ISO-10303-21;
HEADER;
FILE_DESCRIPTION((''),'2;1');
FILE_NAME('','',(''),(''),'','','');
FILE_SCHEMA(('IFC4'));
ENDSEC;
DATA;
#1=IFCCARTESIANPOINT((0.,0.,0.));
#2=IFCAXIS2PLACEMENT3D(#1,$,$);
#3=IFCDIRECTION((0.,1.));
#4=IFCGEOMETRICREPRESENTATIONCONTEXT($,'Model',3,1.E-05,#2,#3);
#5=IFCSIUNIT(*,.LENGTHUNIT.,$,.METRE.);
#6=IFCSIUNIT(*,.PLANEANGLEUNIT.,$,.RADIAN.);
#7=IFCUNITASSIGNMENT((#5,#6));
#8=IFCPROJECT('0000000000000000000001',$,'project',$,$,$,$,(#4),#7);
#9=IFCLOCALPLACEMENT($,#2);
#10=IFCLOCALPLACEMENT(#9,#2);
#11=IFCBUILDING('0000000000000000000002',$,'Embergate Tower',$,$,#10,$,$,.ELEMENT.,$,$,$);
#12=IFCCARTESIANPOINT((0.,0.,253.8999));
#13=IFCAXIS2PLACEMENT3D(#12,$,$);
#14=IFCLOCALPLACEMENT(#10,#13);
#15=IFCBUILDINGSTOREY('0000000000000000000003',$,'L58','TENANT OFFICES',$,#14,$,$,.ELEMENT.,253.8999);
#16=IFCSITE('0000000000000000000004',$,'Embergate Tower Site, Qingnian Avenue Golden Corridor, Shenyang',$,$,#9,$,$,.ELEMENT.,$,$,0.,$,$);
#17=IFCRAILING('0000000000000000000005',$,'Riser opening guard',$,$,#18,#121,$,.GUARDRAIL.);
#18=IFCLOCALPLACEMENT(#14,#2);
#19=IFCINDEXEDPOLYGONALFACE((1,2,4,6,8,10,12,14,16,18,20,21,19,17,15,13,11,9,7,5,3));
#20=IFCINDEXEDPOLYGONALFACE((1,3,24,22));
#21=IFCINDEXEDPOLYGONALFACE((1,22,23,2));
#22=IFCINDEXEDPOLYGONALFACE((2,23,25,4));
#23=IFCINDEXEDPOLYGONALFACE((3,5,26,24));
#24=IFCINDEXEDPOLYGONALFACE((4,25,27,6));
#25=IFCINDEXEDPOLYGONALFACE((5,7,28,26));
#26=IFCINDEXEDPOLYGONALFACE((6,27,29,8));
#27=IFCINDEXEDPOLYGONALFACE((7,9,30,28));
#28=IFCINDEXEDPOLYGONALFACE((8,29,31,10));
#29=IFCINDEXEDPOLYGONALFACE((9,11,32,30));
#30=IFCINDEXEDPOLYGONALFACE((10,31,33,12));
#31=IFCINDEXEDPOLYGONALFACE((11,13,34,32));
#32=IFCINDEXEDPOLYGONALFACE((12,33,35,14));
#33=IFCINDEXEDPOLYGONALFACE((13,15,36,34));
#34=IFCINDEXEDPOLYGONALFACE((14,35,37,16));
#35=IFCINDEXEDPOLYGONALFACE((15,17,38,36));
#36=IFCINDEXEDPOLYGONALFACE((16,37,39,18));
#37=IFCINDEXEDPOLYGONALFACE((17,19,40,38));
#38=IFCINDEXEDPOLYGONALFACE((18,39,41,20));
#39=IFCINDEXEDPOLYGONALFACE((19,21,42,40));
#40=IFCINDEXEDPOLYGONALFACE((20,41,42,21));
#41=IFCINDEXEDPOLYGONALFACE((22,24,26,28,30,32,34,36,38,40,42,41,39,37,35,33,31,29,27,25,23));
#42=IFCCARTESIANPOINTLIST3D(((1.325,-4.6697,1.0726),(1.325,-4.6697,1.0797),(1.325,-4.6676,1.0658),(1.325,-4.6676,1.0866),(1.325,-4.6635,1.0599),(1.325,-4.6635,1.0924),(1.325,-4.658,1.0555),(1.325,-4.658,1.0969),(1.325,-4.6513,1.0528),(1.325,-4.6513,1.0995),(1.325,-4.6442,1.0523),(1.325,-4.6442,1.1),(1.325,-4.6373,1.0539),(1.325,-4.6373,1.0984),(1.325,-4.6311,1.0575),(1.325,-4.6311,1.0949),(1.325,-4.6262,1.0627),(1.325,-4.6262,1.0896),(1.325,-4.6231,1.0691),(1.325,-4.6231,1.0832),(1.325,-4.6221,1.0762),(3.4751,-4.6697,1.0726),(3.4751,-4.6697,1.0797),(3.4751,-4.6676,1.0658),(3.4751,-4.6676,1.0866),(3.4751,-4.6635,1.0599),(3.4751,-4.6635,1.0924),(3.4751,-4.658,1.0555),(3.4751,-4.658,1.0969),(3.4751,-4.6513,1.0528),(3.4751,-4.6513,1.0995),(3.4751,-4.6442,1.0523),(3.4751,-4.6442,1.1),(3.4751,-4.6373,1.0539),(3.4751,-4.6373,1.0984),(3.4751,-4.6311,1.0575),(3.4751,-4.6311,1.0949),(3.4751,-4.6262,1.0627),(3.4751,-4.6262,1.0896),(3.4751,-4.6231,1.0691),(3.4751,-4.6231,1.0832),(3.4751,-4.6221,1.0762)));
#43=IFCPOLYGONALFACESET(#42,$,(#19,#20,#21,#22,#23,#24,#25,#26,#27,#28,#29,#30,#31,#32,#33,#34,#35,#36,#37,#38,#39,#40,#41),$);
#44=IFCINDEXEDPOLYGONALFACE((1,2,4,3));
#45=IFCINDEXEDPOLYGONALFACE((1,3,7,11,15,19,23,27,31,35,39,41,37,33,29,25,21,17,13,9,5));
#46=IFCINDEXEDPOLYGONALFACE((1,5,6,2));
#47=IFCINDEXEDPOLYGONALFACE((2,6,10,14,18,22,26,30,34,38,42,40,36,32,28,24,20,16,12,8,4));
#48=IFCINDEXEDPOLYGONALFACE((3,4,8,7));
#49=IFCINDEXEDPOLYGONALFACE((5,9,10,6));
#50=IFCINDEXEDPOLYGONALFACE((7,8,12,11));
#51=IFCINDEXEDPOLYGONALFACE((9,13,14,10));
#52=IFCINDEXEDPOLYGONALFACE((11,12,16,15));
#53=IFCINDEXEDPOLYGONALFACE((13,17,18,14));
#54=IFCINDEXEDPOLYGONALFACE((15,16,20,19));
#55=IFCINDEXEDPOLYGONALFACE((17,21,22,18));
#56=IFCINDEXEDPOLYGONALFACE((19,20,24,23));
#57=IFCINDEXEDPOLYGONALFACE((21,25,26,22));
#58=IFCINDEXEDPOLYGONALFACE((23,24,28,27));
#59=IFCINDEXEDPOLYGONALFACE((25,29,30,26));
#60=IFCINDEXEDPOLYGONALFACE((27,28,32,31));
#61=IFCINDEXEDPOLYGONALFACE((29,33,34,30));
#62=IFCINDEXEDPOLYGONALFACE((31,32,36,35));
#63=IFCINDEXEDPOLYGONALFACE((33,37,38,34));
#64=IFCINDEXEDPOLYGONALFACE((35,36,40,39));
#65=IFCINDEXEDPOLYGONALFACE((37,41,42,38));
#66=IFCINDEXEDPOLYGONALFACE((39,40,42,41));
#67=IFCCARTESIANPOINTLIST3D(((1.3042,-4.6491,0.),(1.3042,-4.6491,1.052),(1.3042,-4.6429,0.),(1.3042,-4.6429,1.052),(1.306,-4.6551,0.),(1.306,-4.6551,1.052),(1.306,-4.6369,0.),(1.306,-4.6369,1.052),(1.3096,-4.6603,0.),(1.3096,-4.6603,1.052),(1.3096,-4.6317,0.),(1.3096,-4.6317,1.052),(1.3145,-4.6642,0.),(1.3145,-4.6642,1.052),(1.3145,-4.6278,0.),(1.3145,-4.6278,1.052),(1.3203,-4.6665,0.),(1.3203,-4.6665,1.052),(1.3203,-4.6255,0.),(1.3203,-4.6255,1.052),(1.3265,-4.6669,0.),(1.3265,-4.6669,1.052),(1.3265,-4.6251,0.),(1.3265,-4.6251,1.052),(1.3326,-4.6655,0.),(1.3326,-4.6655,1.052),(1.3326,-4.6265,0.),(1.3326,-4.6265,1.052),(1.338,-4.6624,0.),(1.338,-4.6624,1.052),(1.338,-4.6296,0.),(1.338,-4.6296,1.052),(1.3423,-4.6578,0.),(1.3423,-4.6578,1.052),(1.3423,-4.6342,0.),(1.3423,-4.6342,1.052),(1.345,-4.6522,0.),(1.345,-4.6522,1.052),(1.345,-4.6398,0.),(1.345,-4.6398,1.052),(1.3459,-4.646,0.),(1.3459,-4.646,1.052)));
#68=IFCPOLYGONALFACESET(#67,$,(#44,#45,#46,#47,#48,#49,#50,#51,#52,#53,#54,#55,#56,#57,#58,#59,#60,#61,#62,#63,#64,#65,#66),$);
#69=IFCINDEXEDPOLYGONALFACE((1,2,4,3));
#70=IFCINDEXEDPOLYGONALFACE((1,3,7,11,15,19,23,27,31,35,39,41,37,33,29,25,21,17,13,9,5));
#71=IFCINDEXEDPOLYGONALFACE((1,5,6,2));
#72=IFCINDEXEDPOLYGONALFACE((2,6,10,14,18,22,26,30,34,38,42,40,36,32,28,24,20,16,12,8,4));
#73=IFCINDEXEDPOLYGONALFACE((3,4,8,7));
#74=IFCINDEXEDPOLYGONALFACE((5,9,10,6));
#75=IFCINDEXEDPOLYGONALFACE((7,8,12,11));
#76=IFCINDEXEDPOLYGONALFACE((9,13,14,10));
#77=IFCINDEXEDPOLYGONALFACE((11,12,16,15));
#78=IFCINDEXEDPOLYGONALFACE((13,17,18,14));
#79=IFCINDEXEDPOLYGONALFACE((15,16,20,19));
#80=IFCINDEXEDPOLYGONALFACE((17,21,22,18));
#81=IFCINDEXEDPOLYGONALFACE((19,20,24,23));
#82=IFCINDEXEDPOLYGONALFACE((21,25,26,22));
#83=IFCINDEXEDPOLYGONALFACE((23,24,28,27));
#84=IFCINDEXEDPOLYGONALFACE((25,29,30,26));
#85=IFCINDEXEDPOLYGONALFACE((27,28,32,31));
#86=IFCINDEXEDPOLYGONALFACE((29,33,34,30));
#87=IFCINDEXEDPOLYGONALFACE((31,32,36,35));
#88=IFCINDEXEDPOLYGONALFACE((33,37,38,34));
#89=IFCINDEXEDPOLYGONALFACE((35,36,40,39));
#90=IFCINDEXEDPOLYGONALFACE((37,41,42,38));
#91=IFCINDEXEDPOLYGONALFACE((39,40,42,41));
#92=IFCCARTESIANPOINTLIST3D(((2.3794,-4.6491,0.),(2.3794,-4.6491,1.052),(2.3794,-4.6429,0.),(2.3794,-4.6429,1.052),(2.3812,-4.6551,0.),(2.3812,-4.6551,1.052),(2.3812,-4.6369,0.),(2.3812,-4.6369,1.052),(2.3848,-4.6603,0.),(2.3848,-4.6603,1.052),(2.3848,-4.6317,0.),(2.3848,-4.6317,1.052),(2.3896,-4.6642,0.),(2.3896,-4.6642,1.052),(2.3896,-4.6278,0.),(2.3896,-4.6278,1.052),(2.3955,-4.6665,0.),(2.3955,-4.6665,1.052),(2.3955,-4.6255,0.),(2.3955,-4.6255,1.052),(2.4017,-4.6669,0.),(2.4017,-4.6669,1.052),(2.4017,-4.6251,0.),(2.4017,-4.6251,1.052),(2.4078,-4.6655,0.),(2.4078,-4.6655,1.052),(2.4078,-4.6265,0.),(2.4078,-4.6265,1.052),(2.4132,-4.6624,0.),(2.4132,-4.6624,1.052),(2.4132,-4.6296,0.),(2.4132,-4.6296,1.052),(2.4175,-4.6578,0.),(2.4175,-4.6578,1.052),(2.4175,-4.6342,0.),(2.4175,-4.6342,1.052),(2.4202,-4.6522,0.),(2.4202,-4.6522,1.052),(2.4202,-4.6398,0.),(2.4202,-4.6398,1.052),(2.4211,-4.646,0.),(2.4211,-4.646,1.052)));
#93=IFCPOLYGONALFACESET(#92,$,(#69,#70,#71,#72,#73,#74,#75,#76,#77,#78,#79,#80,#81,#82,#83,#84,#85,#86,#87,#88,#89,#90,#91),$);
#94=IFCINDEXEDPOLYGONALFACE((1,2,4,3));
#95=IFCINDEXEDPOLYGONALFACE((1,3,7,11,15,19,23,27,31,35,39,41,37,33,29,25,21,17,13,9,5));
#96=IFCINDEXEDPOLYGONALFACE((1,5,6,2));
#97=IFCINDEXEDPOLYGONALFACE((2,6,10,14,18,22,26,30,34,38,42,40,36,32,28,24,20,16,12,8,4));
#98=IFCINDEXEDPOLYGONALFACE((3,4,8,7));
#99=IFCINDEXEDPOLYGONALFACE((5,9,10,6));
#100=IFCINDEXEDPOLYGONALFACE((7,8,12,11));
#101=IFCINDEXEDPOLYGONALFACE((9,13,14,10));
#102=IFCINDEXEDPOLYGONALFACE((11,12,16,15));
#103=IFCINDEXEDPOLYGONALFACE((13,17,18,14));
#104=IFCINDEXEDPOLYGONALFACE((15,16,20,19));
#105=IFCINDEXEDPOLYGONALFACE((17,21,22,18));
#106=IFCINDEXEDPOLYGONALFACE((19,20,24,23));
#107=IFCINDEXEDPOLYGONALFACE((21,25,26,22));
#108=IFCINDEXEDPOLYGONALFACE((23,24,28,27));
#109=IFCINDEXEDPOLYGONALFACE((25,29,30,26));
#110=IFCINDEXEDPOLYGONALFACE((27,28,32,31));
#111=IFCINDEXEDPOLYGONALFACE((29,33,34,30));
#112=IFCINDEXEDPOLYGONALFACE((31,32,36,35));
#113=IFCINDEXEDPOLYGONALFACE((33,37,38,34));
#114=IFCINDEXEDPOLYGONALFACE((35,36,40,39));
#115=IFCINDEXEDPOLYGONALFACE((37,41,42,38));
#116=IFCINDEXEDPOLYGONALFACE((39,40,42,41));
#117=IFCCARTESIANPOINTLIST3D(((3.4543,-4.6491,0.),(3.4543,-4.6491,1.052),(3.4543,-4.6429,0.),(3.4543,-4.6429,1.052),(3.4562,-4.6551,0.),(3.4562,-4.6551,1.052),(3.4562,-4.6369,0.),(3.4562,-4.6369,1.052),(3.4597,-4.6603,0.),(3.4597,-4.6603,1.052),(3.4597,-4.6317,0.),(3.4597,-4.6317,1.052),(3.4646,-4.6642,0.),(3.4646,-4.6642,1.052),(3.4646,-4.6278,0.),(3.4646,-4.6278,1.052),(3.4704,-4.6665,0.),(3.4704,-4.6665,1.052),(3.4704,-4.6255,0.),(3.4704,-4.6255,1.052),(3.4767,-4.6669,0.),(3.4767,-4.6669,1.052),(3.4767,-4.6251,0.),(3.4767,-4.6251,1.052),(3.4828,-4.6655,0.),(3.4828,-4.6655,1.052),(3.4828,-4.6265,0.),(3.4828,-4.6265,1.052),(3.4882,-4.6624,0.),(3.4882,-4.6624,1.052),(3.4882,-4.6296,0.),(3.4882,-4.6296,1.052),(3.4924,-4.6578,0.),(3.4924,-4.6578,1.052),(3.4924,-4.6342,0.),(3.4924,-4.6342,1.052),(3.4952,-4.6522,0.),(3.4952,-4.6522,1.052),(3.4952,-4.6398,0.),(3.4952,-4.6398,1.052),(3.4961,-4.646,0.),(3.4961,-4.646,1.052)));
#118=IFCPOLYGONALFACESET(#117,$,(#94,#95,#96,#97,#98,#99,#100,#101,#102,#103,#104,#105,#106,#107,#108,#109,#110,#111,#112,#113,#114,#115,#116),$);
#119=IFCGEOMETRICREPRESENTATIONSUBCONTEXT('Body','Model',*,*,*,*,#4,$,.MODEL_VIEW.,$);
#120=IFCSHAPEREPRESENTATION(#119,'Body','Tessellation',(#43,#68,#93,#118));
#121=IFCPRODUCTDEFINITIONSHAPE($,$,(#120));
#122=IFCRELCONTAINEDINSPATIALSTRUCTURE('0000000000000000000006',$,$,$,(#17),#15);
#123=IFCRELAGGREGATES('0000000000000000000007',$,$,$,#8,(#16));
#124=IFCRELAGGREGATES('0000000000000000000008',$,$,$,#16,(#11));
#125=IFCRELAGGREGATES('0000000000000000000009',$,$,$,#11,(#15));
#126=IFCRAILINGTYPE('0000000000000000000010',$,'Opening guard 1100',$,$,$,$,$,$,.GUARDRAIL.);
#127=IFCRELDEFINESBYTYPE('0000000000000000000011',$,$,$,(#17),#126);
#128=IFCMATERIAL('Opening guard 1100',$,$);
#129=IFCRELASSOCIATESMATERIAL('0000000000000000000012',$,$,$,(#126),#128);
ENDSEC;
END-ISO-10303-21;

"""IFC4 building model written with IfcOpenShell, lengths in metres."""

from ifc_helpers import new_model, si_unit, direction, frame, origin, origin_2d, place, context, subcontext, project, spatial, circle, extrude, source, transform, mapped, material, type_object, element, save


model = new_model("IFC4")

# Units and contexts
model_context = context("Model", 3, precision=1e-05, world=origin(), true_north=direction((0.0, 1.0)))
body_context = subcontext(model_context, "Body", "Model", "MODEL_VIEW")
ifc_project = project(units=[si_unit("LENGTHUNIT", "METRE"), si_unit("PLANEANGLEUNIT", "RADIAN")], contexts=[model_context])

# Site, building, storey
site_placement = place(None, origin())
site = spatial("IfcSite", under=ifc_project, at=site_placement, Name="Embergate Tower Site, Qingnian Avenue Golden Corridor, Shenyang", CompositionType="ELEMENT", RefElevation=0.0)
building_placement = place(site_placement, origin())
building = spatial("IfcBuilding", under=site, at=building_placement, Name="Embergate Tower", CompositionType="ELEMENT")
storey_placement = place(building_placement, frame((0.0, 0.0, 253.8999)))
storey = spatial("IfcBuildingStorey", under=building, at=storey_placement, Name="L58", Description="TENANT OFFICES", CompositionType="ELEMENT", Elevation=253.8999)

# Railing
ifc_material_1 = material(Name="Opening guard 1100")
railing_type_1 = type_object("IfcRailingType", Name="Opening guard 1100", PredefinedType="GUARDRAIL", material=ifc_material_1)
shared_shape_1 = source(origin(), body_context, "Body", "SweptSolid", [
    extrude(circle(Radius=0.0239, at=origin_2d()), frame((0.0, 0.0, 1.0762), z_axis=(1.0, 0.0, 0.0), x_axis=(0.0, 1.0, 0.0)), (0.0, 0.0, 1.0), 2.1501),
    extrude(circle(Radius=0.021, at=origin_2d()), origin(), (0.0, 0.0, 1.0), 1.052),
    extrude(circle(Radius=0.021, at=origin_2d()), frame((1.0752, 0.0, 0.0)), (0.0, 0.0, 1.0), 1.052),
    extrude(circle(Radius=0.021, at=origin_2d()), frame((2.1501, 0.0, 0.0)), (0.0, 0.0, 1.0), 1.052),
])
railing_1_placement = place(storey_placement, frame((1.325, -4.646, 0.0)))
element("IfcRailing", 1, at=railing_1_placement, inside=storey, type_object=railing_type_1, Name="Riser opening guard", PredefinedType="GUARDRAIL", context=body_context, shape_type="MappedRepresentation", body=[
    mapped(shared_shape_1, transform((0.0, 0.0, 0.0))),
])

save(model, "model.ifc")
